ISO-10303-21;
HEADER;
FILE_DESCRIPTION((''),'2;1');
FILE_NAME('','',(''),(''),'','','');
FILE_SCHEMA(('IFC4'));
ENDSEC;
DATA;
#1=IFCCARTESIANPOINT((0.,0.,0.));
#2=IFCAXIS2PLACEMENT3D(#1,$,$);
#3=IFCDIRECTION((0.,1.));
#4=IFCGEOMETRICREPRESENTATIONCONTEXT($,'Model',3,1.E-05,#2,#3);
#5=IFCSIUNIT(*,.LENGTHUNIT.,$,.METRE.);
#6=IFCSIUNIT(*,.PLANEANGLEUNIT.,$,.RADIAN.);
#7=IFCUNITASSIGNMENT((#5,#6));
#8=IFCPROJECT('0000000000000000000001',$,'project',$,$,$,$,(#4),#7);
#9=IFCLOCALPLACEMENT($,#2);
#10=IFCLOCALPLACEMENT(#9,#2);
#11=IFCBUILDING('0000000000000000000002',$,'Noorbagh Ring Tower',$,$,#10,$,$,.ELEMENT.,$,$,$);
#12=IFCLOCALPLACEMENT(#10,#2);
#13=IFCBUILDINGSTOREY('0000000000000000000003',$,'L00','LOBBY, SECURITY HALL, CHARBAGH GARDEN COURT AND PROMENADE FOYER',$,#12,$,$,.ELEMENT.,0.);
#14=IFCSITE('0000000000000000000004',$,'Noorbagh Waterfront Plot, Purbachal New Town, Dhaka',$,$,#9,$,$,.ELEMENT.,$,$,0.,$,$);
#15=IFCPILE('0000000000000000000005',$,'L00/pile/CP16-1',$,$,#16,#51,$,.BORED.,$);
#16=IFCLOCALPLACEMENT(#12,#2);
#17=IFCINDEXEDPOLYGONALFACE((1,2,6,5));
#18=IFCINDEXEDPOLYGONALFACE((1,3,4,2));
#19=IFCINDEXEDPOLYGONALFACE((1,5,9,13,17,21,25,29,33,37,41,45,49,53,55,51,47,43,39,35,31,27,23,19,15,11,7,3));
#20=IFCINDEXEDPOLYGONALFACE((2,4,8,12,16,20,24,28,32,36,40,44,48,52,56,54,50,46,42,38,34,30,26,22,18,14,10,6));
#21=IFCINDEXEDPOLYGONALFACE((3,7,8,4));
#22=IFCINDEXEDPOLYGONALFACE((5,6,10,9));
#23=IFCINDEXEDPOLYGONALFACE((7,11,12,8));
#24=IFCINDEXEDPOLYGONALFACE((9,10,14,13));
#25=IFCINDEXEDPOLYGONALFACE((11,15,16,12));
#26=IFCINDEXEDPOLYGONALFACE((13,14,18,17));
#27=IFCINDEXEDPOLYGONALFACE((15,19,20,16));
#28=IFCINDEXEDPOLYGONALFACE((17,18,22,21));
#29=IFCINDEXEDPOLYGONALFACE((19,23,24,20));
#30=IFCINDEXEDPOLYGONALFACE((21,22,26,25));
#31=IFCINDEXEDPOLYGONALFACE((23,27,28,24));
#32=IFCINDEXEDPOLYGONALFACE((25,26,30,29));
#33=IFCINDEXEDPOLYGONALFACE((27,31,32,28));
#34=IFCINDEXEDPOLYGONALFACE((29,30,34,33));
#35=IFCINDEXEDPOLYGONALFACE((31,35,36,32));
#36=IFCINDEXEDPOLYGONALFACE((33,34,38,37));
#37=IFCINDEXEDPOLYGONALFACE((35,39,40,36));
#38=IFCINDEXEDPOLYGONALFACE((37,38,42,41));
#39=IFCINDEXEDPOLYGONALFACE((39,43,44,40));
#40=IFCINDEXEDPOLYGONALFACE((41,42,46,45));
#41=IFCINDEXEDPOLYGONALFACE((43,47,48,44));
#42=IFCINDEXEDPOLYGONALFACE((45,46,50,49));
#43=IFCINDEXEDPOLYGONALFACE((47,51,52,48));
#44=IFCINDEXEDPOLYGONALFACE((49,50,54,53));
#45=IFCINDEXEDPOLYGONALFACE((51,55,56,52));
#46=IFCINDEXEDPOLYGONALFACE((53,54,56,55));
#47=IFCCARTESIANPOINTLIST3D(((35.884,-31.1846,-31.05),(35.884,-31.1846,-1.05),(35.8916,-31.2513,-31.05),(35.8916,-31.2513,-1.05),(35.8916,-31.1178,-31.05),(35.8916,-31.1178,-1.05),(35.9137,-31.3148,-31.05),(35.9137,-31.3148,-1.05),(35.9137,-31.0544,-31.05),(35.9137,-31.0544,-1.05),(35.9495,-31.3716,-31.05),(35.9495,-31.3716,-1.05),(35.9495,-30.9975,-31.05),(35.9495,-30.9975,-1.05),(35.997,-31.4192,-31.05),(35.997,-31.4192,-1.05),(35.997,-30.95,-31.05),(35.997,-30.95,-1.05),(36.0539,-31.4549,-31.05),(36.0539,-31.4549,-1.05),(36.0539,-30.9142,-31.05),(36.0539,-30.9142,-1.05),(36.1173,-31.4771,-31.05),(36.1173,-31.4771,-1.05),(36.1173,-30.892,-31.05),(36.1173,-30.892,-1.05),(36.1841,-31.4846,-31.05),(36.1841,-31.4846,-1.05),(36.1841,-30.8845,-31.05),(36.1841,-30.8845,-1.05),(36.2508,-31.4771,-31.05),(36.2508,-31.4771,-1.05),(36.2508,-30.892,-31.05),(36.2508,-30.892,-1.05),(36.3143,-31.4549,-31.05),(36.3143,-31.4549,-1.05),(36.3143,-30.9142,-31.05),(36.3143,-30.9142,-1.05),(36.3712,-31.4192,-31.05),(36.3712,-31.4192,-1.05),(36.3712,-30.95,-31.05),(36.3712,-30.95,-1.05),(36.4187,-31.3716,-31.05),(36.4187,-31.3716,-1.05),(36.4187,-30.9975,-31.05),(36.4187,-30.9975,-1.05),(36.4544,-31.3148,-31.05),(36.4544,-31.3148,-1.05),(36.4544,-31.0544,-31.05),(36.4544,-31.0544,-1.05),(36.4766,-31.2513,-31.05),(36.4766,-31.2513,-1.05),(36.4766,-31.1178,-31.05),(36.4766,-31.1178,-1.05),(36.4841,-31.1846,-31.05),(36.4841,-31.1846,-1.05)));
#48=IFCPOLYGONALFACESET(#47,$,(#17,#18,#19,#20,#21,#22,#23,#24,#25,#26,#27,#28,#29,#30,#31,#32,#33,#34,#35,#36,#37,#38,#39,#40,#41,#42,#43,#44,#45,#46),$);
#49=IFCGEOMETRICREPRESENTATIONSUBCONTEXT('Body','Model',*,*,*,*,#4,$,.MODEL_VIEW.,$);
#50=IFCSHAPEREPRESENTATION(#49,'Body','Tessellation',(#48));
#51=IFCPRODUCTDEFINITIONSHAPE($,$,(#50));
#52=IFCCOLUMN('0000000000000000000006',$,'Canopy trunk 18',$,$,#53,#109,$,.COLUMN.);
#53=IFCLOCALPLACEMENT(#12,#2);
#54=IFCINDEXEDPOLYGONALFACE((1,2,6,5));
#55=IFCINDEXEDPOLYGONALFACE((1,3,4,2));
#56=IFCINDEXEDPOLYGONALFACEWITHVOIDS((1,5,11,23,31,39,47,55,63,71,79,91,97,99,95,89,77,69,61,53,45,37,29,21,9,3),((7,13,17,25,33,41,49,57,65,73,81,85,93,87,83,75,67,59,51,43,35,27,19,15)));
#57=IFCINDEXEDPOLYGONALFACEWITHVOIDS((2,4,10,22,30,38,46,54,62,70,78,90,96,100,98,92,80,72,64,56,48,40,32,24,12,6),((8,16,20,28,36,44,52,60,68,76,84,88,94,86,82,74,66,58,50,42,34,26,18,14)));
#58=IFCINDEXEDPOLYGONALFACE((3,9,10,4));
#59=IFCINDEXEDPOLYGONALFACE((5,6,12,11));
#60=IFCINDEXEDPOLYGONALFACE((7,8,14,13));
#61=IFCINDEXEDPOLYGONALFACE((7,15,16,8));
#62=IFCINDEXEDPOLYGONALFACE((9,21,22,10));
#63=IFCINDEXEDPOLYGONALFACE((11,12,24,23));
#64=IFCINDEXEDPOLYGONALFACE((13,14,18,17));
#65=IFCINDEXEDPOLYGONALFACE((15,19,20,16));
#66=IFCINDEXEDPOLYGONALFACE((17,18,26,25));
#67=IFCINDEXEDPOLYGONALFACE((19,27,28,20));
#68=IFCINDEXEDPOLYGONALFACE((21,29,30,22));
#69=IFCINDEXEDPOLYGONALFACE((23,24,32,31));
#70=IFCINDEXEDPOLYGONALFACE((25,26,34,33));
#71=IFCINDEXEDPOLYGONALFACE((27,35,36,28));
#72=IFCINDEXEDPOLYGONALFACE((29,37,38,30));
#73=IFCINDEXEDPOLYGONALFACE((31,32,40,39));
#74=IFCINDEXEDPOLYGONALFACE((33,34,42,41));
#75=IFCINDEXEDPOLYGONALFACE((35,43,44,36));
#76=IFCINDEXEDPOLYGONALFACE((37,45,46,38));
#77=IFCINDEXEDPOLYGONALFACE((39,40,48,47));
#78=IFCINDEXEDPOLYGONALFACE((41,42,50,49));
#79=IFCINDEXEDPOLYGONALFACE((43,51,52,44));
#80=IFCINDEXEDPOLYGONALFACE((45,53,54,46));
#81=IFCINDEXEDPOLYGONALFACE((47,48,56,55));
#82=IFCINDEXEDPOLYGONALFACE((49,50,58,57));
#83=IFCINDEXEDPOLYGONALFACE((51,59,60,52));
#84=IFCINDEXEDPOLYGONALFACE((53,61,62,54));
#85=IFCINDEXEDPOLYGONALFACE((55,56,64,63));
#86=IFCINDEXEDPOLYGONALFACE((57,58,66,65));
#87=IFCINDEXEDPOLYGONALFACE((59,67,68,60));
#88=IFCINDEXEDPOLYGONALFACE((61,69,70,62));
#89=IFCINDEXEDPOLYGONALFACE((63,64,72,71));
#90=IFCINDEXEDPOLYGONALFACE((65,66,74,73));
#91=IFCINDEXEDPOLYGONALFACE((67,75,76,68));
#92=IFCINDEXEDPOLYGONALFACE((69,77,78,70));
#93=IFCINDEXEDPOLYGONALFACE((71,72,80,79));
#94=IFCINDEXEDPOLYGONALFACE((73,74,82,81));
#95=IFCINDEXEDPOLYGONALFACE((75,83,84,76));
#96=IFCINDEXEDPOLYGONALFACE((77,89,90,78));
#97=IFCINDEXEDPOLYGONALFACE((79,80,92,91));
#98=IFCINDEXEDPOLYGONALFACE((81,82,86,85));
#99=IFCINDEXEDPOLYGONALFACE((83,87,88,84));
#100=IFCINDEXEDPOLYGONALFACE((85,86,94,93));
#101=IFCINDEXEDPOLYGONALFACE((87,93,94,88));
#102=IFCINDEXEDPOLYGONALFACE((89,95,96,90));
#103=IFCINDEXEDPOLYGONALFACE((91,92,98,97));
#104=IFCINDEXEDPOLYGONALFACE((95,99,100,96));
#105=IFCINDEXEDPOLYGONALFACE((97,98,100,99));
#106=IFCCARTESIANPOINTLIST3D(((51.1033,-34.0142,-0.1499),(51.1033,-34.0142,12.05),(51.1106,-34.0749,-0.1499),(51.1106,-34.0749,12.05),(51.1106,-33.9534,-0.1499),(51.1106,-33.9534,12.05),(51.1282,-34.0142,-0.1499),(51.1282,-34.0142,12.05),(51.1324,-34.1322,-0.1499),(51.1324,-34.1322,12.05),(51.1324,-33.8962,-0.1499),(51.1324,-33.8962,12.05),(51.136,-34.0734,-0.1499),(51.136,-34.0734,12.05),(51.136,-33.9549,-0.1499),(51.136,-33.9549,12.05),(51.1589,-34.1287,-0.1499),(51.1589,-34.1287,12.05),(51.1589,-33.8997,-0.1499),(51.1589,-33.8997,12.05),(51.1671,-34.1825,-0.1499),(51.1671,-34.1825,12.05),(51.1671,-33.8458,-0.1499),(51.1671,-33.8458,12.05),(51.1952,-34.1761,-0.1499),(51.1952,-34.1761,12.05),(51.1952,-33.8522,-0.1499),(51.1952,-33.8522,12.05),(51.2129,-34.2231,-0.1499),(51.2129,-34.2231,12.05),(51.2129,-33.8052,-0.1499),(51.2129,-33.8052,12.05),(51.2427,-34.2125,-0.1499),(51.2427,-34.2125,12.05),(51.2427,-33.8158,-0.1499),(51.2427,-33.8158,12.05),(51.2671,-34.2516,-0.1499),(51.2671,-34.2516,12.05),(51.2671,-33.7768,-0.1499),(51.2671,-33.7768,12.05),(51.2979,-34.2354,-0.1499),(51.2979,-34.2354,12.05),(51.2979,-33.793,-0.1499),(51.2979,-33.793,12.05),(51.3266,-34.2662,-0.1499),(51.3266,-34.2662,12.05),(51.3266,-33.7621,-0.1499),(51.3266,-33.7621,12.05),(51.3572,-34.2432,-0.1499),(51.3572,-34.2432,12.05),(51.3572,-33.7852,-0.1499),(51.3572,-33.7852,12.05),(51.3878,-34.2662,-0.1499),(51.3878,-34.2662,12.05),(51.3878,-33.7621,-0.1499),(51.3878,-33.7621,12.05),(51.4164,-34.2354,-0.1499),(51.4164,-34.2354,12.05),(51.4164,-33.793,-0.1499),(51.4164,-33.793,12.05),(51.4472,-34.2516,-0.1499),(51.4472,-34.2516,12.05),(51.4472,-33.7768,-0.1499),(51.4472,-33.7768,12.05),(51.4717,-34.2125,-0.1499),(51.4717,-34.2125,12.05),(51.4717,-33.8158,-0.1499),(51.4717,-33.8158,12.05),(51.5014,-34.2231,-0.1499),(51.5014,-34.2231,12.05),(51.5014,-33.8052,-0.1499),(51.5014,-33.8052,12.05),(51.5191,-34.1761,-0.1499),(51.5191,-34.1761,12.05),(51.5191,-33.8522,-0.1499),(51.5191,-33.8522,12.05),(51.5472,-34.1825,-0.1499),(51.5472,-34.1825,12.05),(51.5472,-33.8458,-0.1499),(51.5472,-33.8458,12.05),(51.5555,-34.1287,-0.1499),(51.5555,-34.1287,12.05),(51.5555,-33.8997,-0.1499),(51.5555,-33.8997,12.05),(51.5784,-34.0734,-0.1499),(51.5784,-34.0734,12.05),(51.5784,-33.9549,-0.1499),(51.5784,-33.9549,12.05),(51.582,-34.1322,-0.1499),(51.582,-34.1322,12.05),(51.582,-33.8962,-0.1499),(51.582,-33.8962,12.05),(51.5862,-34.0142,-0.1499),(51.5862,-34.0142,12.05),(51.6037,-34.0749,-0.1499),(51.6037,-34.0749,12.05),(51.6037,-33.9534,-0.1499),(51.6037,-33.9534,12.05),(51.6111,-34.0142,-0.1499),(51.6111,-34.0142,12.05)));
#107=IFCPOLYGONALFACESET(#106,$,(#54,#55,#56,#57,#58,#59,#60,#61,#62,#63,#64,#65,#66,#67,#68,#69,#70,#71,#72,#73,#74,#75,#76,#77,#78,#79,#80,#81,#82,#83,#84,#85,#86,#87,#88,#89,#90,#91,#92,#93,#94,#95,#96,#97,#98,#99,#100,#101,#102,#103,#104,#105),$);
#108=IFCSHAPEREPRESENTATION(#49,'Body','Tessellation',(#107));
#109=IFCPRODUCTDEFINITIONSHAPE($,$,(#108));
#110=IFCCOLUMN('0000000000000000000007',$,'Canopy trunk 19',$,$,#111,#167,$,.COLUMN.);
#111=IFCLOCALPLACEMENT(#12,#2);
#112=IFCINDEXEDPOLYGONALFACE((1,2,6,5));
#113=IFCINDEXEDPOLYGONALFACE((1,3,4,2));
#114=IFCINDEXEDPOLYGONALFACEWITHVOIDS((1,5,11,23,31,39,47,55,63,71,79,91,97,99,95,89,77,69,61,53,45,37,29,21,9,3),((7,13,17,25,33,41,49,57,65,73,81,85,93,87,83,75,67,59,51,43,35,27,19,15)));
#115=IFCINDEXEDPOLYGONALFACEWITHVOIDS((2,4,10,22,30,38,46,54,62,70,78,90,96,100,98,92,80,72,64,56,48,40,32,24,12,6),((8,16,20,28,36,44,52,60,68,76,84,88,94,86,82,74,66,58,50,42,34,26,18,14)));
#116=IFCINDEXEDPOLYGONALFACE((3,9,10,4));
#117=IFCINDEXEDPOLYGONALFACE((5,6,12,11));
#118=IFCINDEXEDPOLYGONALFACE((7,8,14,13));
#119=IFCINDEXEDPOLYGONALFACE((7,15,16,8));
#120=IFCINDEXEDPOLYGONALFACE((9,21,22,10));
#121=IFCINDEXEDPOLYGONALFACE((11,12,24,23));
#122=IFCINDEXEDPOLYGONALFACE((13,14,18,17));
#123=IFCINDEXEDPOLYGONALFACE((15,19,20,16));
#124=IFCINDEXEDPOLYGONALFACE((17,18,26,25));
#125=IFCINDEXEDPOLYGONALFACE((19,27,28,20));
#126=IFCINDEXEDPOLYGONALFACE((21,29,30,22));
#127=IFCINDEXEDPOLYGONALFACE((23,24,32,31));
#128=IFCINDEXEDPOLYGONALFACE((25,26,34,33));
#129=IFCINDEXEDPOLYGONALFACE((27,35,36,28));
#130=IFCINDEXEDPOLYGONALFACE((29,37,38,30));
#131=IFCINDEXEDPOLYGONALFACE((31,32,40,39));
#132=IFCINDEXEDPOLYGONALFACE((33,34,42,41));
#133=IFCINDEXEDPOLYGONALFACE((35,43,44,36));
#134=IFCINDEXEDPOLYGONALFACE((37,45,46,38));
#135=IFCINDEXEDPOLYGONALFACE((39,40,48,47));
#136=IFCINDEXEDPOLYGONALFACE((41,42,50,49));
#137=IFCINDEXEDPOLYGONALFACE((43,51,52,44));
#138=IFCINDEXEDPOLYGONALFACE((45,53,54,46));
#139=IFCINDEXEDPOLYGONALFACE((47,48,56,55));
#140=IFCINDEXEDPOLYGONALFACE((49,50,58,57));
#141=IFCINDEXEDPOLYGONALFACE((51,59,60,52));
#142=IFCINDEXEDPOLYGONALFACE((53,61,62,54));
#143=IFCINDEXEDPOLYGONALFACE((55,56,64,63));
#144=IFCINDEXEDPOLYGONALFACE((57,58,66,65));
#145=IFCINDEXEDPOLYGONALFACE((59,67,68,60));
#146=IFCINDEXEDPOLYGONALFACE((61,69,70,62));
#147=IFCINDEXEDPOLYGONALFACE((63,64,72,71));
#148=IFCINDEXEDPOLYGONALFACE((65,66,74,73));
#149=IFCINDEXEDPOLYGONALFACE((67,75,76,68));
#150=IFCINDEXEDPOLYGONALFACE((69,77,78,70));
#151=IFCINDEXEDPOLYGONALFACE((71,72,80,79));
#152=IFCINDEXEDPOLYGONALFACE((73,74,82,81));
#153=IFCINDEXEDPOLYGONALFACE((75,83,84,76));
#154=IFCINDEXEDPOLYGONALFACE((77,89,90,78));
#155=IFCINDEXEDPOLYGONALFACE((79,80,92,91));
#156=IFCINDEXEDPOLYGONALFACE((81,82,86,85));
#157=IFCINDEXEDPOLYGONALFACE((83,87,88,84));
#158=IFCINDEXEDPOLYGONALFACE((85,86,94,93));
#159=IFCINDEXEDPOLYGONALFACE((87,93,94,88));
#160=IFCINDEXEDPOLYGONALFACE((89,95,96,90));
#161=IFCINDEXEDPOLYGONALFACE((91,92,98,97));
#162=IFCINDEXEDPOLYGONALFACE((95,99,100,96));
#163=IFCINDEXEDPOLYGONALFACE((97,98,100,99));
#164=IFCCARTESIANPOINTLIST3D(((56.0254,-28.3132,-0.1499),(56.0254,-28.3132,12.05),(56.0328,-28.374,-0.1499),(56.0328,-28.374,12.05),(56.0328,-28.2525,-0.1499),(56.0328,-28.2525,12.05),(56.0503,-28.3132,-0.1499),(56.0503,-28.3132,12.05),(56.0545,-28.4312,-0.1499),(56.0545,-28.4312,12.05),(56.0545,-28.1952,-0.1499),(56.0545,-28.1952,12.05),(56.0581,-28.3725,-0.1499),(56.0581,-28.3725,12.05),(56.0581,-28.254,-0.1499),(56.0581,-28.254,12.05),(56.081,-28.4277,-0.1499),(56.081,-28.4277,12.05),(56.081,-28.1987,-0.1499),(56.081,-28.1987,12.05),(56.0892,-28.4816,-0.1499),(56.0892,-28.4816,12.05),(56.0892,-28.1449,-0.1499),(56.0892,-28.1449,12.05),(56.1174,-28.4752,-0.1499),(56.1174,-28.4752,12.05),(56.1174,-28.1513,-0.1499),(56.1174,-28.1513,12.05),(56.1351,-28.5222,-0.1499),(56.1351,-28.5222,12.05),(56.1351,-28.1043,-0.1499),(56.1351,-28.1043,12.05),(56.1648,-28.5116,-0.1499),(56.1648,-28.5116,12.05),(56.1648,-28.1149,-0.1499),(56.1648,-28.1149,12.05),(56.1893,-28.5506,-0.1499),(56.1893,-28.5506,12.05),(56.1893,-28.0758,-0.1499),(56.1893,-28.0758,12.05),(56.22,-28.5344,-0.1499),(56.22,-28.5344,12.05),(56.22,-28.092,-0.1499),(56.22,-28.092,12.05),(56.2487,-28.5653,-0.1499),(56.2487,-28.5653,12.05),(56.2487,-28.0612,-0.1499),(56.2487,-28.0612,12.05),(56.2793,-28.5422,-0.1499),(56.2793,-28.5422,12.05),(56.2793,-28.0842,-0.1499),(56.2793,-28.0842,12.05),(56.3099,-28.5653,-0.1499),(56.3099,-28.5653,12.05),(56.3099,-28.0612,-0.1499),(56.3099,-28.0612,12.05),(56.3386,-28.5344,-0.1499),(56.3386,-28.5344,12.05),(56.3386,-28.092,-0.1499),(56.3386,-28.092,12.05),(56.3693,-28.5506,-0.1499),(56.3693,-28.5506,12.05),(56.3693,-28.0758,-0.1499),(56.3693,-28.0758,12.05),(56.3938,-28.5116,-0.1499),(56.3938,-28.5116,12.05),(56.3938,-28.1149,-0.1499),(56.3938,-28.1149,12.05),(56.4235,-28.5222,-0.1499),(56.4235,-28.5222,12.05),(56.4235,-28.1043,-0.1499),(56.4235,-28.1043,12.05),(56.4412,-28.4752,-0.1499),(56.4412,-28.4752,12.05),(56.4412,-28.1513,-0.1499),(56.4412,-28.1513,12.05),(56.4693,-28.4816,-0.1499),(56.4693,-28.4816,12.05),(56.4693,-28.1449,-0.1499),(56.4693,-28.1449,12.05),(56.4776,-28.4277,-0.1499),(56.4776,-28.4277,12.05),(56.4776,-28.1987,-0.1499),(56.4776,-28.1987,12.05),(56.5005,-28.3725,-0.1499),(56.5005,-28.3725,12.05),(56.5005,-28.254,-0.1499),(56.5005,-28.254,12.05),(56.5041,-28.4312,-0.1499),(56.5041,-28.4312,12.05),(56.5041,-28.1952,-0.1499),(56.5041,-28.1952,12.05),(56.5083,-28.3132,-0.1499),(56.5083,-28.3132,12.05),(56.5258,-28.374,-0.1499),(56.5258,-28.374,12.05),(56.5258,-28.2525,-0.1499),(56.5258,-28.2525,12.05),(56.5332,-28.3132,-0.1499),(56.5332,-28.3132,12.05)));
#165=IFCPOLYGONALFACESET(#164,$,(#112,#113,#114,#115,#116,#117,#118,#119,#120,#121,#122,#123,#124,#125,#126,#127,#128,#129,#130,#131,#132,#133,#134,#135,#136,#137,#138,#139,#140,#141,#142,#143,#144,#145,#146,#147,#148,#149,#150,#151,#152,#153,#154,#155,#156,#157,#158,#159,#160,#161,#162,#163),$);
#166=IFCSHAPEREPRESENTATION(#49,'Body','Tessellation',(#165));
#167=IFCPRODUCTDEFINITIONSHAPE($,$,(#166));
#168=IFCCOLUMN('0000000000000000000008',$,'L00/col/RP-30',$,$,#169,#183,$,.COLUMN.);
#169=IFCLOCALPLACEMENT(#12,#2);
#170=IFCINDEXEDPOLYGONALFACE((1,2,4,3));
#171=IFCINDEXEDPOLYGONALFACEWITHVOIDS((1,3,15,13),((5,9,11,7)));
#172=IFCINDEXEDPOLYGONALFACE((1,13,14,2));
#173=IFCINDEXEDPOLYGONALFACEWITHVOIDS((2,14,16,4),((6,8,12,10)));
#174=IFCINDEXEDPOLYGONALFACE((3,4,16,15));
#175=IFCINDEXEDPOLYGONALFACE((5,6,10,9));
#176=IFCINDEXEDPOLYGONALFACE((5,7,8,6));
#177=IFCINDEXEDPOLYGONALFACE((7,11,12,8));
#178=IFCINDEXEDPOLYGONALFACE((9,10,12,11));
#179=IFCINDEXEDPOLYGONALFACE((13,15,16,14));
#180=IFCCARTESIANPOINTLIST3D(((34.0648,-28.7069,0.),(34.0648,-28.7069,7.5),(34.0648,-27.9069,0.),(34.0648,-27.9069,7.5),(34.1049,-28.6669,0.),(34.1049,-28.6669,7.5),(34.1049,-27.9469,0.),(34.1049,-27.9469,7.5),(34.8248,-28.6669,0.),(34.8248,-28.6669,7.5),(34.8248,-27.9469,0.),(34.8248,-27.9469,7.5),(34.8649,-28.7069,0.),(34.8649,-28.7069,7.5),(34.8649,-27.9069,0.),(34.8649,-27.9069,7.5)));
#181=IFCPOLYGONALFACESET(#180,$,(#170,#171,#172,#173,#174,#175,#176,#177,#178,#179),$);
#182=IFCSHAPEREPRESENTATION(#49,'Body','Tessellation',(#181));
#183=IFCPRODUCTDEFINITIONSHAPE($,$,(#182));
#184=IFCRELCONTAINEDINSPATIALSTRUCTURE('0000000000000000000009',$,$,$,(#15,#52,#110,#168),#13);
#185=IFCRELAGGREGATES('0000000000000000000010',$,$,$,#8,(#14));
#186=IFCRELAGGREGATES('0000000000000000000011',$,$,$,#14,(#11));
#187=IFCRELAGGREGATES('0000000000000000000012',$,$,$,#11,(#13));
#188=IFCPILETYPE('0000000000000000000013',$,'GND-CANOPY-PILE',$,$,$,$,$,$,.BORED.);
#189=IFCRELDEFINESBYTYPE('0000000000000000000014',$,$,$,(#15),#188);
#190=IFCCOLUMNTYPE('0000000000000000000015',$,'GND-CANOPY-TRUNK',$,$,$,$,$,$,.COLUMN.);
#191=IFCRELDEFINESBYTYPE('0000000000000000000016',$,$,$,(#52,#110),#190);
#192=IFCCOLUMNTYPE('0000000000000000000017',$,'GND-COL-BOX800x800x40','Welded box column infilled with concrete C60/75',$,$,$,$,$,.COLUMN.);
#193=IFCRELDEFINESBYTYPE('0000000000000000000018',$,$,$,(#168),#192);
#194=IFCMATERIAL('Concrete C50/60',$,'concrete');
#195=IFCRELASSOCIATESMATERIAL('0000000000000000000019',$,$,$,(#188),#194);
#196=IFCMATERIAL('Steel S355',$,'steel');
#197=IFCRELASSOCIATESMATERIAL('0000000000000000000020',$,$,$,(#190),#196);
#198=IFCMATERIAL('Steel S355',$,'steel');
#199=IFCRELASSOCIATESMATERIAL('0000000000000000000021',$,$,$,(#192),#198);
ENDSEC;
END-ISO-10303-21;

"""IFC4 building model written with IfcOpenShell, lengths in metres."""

from ifc_helpers import new_model, si_unit, direction, frame, origin, origin_2d, place, context, subcontext, project, spatial, hollow_rectangle, circle, hollow_circle, extrude, material, material_profile, profile_set, type_object, element, save


model = new_model("IFC4")

# Units and contexts
model_context = context("Model", 3, precision=1e-05, world=origin(), true_north=direction((0.0, 1.0)))
body_context = subcontext(model_context, "Body", "Model", "MODEL_VIEW")
ifc_project = project(units=[si_unit("LENGTHUNIT", "METRE"), si_unit("PLANEANGLEUNIT", "RADIAN")], contexts=[model_context])

# Site, building, storey
site_placement = place(None, origin())
site = spatial("IfcSite", under=ifc_project, at=site_placement, Name="Noorbagh Waterfront Plot, Purbachal New Town, Dhaka", CompositionType="ELEMENT", RefElevation=0.0)
building_placement = place(site_placement, origin())
building = spatial("IfcBuilding", under=site, at=building_placement, Name="Noorbagh Ring Tower", CompositionType="ELEMENT")
storey_placement = place(building_placement, origin())
storey = spatial("IfcBuildingStorey", under=building, at=storey_placement, Name="L00", Description="LOBBY, SECURITY HALL, CHARBAGH GARDEN COURT AND PROMENADE FOYER", CompositionType="ELEMENT", Elevation=0.0)

# Pile
ifc_material_1 = material(Name="Concrete C50/60", Category="concrete")
ifc_material_profile_1 = material_profile(ifc_material_1, circle(Radius=0.3, at=origin_2d()), Name="PILE600")
ifc_profile_set_1 = profile_set([ifc_material_profile_1], Name="Concrete C50/60")
pile_type = type_object("IfcPileType", Name="GND-CANOPY-PILE", PredefinedType="BORED", material=ifc_profile_set_1)
for number, where, z_axis, x_axis, name in (
    (1, (36.1841, -31.1846, -1.05), (0.0, 0.0, -1.0), (1.0, 0.0, 0.0), "L00/pile/CP16-1"),
):
    element("IfcPile", number, at=place(storey_placement, frame(where, z_axis=z_axis, x_axis=x_axis)), inside=storey, type_object=pile_type, Name=name, PredefinedType="BORED", context=body_context, shape_type="SweptSolid", body=[
        extrude(circle(Radius=0.3, at=origin_2d()), origin(), (0.0, 0.0, 1.0), 30.0),
    ])

# Columns
ifc_material_2 = material(Name="Steel S355", Category="steel")
ifc_material_profile_2 = material_profile(ifc_material_2, hollow_circle(Radius=0.2539, WallThickness=0.0249, at=origin_2d()), Name="CHS508x25")
ifc_profile_set_2 = profile_set([ifc_material_profile_2], Name="Steel S355")
column_type_1 = type_object("IfcColumnType", Name="GND-CANOPY-TRUNK", PredefinedType="COLUMN", material=ifc_profile_set_2)
for number, where, z_axis, x_axis, name in (
    (2, (51.3572, -34.0142, -0.1499), (0.0, 0.0, 1.0), (1.0, 0.0, 0.0), "Canopy trunk 18"),
    (3, (56.2793, -28.3132, -0.1499), (0.0, 0.0, 1.0), (1.0, 0.0, 0.0), "Canopy trunk 19"),
):
    element("IfcColumn", number, at=place(storey_placement, frame(where, z_axis=z_axis, x_axis=x_axis)), inside=storey, type_object=column_type_1, Name=name, PredefinedType="COLUMN", context=body_context, shape_type="SweptSolid", body=[
        extrude(hollow_circle(Radius=0.2539, WallThickness=0.0249, at=origin_2d()), origin(), (0.0, 0.0, 1.0), 12.2),
    ])
ifc_material_3 = material(Name="Steel S355", Category="steel")
ifc_material_profile_3 = material_profile(ifc_material_3, hollow_rectangle(XDim=0.8, YDim=0.8, WallThickness=0.04, at=origin_2d()), Name="BOX800x800x40")
ifc_profile_set_3 = profile_set([ifc_material_profile_3], Name="Steel S355")
column_type_2 = type_object("IfcColumnType", Name="GND-COL-BOX800x800x40", Description="Welded box column infilled with concrete C60/75", PredefinedType="COLUMN", material=ifc_profile_set_3)
column_1_placement = place(storey_placement, frame((34.4648, -28.3069, 0.0), z_axis=(0.0, 0.0, 1.0), x_axis=(1.0, 0.0, 0.0)))
element("IfcColumn", 4, at=column_1_placement, inside=storey, type_object=column_type_2, Name="L00/col/RP-30", PredefinedType="COLUMN", context=body_context, shape_type="SweptSolid", body=[
    extrude(hollow_rectangle(XDim=0.8, YDim=0.8, WallThickness=0.04, at=origin_2d()), origin(), (0.0, 0.0, 1.0), 7.5),
])

save(model, "model.ifc")
